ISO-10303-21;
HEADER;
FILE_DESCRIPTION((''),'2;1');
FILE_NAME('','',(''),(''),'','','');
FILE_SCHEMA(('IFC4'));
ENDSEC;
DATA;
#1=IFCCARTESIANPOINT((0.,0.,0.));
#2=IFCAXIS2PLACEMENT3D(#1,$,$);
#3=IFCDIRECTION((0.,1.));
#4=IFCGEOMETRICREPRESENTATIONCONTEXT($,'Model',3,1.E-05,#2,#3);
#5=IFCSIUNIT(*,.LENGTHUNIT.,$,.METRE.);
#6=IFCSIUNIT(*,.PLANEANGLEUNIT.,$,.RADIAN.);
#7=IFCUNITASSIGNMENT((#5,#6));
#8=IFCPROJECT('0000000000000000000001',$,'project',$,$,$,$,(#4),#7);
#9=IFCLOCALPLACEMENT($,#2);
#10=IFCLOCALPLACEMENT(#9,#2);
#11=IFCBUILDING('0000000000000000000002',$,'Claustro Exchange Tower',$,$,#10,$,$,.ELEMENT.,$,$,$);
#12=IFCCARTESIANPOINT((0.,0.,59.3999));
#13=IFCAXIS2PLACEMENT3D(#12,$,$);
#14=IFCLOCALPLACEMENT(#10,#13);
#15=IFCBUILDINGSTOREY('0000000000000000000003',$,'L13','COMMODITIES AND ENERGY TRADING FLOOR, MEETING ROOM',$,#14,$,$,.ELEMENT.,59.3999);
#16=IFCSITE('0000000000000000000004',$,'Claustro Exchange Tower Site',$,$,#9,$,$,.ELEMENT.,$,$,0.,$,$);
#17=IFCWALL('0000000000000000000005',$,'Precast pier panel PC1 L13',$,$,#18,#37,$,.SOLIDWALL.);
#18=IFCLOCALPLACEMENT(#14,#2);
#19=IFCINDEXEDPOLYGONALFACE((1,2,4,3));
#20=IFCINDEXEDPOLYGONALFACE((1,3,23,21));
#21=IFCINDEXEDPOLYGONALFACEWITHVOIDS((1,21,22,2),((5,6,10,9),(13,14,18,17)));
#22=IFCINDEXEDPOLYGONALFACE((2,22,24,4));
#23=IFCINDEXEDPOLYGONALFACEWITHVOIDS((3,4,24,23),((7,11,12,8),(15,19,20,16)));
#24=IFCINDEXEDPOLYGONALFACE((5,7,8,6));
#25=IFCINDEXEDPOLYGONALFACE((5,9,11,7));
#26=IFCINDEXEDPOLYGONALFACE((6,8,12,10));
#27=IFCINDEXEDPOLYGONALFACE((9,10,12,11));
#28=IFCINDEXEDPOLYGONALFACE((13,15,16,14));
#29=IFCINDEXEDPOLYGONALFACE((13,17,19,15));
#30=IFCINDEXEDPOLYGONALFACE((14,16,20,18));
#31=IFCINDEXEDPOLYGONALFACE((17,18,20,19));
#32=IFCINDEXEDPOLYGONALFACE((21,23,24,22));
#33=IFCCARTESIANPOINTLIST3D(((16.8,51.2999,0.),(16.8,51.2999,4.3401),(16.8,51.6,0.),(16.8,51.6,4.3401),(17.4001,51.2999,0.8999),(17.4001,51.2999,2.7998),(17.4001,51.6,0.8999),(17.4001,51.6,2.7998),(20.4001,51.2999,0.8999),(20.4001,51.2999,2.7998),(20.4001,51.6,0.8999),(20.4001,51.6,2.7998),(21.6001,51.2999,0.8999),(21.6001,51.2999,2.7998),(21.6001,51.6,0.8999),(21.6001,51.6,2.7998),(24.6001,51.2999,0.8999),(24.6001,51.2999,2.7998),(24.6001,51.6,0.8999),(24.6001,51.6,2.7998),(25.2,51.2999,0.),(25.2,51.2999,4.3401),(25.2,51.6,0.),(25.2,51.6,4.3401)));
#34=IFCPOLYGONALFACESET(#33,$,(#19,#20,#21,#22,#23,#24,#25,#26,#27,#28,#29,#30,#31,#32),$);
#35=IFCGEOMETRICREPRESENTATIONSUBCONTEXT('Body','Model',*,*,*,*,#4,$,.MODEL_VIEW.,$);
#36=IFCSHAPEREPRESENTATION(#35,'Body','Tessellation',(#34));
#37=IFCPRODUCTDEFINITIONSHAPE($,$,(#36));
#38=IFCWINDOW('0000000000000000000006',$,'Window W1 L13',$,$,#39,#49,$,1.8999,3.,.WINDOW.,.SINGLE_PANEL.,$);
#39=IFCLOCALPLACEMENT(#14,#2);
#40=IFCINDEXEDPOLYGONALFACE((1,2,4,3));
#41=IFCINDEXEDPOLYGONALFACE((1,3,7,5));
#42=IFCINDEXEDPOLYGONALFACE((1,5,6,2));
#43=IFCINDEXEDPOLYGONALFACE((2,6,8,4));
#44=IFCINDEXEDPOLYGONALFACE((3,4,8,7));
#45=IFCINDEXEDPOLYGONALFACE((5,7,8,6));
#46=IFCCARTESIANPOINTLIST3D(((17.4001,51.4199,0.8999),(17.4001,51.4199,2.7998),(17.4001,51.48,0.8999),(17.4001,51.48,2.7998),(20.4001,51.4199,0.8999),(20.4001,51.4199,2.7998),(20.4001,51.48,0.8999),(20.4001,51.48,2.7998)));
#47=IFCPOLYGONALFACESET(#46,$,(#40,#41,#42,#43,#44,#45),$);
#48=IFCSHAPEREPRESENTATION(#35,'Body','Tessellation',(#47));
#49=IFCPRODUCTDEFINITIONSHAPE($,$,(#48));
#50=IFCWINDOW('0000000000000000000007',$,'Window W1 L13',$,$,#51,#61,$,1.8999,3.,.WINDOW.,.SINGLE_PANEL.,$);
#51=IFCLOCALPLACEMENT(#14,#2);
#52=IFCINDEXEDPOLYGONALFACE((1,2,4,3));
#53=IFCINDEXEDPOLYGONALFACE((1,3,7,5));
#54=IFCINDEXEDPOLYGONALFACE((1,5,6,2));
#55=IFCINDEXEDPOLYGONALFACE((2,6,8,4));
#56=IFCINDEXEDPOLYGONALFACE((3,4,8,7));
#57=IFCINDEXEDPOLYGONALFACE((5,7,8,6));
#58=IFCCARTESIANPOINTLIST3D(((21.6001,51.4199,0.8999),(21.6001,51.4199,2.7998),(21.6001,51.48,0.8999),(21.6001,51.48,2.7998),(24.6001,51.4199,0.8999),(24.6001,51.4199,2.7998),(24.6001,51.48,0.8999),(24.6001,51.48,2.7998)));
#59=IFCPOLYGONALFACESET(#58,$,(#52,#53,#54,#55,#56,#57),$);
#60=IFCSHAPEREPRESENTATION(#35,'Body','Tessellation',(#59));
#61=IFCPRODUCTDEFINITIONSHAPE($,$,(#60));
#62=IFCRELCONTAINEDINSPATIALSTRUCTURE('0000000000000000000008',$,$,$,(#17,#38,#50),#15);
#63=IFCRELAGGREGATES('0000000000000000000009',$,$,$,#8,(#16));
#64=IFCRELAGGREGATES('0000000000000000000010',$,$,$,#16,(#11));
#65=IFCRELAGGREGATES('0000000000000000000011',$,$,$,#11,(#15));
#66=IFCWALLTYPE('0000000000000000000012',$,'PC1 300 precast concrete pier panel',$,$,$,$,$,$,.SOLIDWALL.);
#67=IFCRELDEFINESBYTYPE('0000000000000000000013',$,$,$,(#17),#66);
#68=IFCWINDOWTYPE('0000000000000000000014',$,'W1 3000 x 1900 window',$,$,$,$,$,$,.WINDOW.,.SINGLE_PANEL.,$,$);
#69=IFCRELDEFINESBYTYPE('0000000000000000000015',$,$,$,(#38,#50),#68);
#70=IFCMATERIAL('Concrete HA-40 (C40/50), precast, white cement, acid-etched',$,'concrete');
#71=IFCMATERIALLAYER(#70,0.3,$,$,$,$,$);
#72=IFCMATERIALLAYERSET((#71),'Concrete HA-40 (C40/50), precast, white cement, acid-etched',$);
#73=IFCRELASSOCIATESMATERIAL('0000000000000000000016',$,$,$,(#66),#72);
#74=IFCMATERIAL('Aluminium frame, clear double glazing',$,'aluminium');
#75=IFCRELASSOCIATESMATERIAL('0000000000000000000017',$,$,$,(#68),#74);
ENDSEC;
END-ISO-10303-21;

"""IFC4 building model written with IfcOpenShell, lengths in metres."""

from ifc_helpers import new_model, si_unit, direction, frame, frame_2d, origin, place, context, subcontext, project, spatial, rectangle, extrude, material, layer, layer_set, type_object, element, fill, save


model = new_model("IFC4")

# Units and contexts
model_context = context("Model", 3, precision=1e-05, world=origin(), true_north=direction((0.0, 1.0)))
body_context = subcontext(model_context, "Body", "Model", "MODEL_VIEW")
ifc_project = project(units=[si_unit("LENGTHUNIT", "METRE"), si_unit("PLANEANGLEUNIT", "RADIAN")], contexts=[model_context])

# Site, building, storey
site_placement = place(None, origin())
site = spatial("IfcSite", under=ifc_project, at=site_placement, Name="Claustro Exchange Tower Site", CompositionType="ELEMENT", RefElevation=0.0)
building_placement = place(site_placement, origin())
building = spatial("IfcBuilding", under=site, at=building_placement, Name="Claustro Exchange Tower", CompositionType="ELEMENT")
storey_placement = place(building_placement, frame((0.0, 0.0, 59.3999)))
storey = spatial("IfcBuildingStorey", under=building, at=storey_placement, Name="L13", Description="COMMODITIES AND ENERGY TRADING FLOOR, MEETING ROOM", CompositionType="ELEMENT", Elevation=59.3999)

# Wall, openings, windows
ifc_material_1 = material(Name="Concrete HA-40 (C40/50), precast, white cement, acid-etched", Category="concrete")
ifc_layer_1 = layer(ifc_material_1, 0.3)
ifc_layer_set_1 = layer_set([ifc_layer_1], Name="Concrete HA-40 (C40/50), precast, white cement, acid-etched")
wall_type_1 = type_object("IfcWallType", Name="PC1 300 precast concrete pier panel", PredefinedType="SOLIDWALL", material=ifc_layer_set_1)
ifc_material_2 = material(Name="Aluminium frame, clear double glazing", Category="aluminium")
window_type = type_object("IfcWindowType", Name="W1 3000 x 1900 window", PartitioningType="SINGLE_PANEL", PredefinedType="WINDOW", material=ifc_material_2)
wall_1_placement = place(storey_placement, frame((16.8, 51.45, 0.0), z_axis=(0.0, 0.0, 1.0), x_axis=(1.0, 0.0, 0.0)))
wall_1 = element("IfcWall", 1, at=wall_1_placement, inside=storey, type_object=wall_type_1, Name="Precast pier panel PC1 L13", PredefinedType="SOLIDWALL", context=body_context, shape_type="SweptSolid", body=[
    extrude(rectangle(XDim=8.3999, YDim=0.3, at=frame_2d((4.2, 0.0))), origin(), (0.0, 0.0, 1.0), 4.3401),
])
opening_1_placement = place(wall_1_placement, frame((0.6001, 0.0, 0.8999)))
opening_1 = element("IfcOpeningElement", 2, at=opening_1_placement, cuts=wall_1, PredefinedType="OPENING", context=body_context, shape_type="SweptSolid", body=[
    extrude(rectangle(XDim=3.0, YDim=1.8999, at=frame_2d((1.5, 0.95))), frame((0.0, 0.1599, 0.0), z_axis=(0.0, -1.0, 0.0), x_axis=(1.0, 0.0, 0.0)), (0.0, 0.0, 1.0), 0.3201),
])
opening_2_placement = place(wall_1_placement, frame((4.8, 0.0, 0.8999)))
opening_2 = element("IfcOpeningElement", 3, at=opening_2_placement, cuts=wall_1, PredefinedType="OPENING", context=body_context, shape_type="SweptSolid", body=[
    extrude(rectangle(XDim=3.0, YDim=1.8999, at=frame_2d((1.5, 0.95))), frame((0.0, 0.1599, 0.0), z_axis=(0.0, -1.0, 0.0), x_axis=(1.0, 0.0, 0.0)), (0.0, 0.0, 1.0), 0.3201),
])
window_1_placement = place(opening_1_placement, origin())
window_1 = element("IfcWindow", 4, at=window_1_placement, inside=storey, type_object=window_type, Name="Window W1 L13", OverallHeight=1.8999, OverallWidth=3.0, PartitioningType="SINGLE_PANEL", PredefinedType="WINDOW", context=body_context, shape_type="SweptSolid", body=[
    extrude(rectangle(XDim=3.0, YDim=1.8999, at=frame_2d((1.5, 0.95))), frame((0.0, 0.03, 0.0), z_axis=(0.0, -1.0, 0.0), x_axis=(1.0, 0.0, 0.0)), (0.0, 0.0, 1.0), 0.0601),
])
fill(opening_1, window_1)
window_2_placement = place(opening_2_placement, origin())
window_2 = element("IfcWindow", 5, at=window_2_placement, inside=storey, type_object=window_type, Name="Window W1 L13", OverallHeight=1.8999, OverallWidth=3.0, PartitioningType="SINGLE_PANEL", PredefinedType="WINDOW", context=body_context, shape_type="SweptSolid", body=[
    extrude(rectangle(XDim=3.0, YDim=1.8999, at=frame_2d((1.5, 0.95))), frame((0.0, 0.03, 0.0), z_axis=(0.0, -1.0, 0.0), x_axis=(1.0, 0.0, 0.0)), (0.0, 0.0, 1.0), 0.0601),
])
fill(opening_2, window_2)

save(model, "model.ifc")
